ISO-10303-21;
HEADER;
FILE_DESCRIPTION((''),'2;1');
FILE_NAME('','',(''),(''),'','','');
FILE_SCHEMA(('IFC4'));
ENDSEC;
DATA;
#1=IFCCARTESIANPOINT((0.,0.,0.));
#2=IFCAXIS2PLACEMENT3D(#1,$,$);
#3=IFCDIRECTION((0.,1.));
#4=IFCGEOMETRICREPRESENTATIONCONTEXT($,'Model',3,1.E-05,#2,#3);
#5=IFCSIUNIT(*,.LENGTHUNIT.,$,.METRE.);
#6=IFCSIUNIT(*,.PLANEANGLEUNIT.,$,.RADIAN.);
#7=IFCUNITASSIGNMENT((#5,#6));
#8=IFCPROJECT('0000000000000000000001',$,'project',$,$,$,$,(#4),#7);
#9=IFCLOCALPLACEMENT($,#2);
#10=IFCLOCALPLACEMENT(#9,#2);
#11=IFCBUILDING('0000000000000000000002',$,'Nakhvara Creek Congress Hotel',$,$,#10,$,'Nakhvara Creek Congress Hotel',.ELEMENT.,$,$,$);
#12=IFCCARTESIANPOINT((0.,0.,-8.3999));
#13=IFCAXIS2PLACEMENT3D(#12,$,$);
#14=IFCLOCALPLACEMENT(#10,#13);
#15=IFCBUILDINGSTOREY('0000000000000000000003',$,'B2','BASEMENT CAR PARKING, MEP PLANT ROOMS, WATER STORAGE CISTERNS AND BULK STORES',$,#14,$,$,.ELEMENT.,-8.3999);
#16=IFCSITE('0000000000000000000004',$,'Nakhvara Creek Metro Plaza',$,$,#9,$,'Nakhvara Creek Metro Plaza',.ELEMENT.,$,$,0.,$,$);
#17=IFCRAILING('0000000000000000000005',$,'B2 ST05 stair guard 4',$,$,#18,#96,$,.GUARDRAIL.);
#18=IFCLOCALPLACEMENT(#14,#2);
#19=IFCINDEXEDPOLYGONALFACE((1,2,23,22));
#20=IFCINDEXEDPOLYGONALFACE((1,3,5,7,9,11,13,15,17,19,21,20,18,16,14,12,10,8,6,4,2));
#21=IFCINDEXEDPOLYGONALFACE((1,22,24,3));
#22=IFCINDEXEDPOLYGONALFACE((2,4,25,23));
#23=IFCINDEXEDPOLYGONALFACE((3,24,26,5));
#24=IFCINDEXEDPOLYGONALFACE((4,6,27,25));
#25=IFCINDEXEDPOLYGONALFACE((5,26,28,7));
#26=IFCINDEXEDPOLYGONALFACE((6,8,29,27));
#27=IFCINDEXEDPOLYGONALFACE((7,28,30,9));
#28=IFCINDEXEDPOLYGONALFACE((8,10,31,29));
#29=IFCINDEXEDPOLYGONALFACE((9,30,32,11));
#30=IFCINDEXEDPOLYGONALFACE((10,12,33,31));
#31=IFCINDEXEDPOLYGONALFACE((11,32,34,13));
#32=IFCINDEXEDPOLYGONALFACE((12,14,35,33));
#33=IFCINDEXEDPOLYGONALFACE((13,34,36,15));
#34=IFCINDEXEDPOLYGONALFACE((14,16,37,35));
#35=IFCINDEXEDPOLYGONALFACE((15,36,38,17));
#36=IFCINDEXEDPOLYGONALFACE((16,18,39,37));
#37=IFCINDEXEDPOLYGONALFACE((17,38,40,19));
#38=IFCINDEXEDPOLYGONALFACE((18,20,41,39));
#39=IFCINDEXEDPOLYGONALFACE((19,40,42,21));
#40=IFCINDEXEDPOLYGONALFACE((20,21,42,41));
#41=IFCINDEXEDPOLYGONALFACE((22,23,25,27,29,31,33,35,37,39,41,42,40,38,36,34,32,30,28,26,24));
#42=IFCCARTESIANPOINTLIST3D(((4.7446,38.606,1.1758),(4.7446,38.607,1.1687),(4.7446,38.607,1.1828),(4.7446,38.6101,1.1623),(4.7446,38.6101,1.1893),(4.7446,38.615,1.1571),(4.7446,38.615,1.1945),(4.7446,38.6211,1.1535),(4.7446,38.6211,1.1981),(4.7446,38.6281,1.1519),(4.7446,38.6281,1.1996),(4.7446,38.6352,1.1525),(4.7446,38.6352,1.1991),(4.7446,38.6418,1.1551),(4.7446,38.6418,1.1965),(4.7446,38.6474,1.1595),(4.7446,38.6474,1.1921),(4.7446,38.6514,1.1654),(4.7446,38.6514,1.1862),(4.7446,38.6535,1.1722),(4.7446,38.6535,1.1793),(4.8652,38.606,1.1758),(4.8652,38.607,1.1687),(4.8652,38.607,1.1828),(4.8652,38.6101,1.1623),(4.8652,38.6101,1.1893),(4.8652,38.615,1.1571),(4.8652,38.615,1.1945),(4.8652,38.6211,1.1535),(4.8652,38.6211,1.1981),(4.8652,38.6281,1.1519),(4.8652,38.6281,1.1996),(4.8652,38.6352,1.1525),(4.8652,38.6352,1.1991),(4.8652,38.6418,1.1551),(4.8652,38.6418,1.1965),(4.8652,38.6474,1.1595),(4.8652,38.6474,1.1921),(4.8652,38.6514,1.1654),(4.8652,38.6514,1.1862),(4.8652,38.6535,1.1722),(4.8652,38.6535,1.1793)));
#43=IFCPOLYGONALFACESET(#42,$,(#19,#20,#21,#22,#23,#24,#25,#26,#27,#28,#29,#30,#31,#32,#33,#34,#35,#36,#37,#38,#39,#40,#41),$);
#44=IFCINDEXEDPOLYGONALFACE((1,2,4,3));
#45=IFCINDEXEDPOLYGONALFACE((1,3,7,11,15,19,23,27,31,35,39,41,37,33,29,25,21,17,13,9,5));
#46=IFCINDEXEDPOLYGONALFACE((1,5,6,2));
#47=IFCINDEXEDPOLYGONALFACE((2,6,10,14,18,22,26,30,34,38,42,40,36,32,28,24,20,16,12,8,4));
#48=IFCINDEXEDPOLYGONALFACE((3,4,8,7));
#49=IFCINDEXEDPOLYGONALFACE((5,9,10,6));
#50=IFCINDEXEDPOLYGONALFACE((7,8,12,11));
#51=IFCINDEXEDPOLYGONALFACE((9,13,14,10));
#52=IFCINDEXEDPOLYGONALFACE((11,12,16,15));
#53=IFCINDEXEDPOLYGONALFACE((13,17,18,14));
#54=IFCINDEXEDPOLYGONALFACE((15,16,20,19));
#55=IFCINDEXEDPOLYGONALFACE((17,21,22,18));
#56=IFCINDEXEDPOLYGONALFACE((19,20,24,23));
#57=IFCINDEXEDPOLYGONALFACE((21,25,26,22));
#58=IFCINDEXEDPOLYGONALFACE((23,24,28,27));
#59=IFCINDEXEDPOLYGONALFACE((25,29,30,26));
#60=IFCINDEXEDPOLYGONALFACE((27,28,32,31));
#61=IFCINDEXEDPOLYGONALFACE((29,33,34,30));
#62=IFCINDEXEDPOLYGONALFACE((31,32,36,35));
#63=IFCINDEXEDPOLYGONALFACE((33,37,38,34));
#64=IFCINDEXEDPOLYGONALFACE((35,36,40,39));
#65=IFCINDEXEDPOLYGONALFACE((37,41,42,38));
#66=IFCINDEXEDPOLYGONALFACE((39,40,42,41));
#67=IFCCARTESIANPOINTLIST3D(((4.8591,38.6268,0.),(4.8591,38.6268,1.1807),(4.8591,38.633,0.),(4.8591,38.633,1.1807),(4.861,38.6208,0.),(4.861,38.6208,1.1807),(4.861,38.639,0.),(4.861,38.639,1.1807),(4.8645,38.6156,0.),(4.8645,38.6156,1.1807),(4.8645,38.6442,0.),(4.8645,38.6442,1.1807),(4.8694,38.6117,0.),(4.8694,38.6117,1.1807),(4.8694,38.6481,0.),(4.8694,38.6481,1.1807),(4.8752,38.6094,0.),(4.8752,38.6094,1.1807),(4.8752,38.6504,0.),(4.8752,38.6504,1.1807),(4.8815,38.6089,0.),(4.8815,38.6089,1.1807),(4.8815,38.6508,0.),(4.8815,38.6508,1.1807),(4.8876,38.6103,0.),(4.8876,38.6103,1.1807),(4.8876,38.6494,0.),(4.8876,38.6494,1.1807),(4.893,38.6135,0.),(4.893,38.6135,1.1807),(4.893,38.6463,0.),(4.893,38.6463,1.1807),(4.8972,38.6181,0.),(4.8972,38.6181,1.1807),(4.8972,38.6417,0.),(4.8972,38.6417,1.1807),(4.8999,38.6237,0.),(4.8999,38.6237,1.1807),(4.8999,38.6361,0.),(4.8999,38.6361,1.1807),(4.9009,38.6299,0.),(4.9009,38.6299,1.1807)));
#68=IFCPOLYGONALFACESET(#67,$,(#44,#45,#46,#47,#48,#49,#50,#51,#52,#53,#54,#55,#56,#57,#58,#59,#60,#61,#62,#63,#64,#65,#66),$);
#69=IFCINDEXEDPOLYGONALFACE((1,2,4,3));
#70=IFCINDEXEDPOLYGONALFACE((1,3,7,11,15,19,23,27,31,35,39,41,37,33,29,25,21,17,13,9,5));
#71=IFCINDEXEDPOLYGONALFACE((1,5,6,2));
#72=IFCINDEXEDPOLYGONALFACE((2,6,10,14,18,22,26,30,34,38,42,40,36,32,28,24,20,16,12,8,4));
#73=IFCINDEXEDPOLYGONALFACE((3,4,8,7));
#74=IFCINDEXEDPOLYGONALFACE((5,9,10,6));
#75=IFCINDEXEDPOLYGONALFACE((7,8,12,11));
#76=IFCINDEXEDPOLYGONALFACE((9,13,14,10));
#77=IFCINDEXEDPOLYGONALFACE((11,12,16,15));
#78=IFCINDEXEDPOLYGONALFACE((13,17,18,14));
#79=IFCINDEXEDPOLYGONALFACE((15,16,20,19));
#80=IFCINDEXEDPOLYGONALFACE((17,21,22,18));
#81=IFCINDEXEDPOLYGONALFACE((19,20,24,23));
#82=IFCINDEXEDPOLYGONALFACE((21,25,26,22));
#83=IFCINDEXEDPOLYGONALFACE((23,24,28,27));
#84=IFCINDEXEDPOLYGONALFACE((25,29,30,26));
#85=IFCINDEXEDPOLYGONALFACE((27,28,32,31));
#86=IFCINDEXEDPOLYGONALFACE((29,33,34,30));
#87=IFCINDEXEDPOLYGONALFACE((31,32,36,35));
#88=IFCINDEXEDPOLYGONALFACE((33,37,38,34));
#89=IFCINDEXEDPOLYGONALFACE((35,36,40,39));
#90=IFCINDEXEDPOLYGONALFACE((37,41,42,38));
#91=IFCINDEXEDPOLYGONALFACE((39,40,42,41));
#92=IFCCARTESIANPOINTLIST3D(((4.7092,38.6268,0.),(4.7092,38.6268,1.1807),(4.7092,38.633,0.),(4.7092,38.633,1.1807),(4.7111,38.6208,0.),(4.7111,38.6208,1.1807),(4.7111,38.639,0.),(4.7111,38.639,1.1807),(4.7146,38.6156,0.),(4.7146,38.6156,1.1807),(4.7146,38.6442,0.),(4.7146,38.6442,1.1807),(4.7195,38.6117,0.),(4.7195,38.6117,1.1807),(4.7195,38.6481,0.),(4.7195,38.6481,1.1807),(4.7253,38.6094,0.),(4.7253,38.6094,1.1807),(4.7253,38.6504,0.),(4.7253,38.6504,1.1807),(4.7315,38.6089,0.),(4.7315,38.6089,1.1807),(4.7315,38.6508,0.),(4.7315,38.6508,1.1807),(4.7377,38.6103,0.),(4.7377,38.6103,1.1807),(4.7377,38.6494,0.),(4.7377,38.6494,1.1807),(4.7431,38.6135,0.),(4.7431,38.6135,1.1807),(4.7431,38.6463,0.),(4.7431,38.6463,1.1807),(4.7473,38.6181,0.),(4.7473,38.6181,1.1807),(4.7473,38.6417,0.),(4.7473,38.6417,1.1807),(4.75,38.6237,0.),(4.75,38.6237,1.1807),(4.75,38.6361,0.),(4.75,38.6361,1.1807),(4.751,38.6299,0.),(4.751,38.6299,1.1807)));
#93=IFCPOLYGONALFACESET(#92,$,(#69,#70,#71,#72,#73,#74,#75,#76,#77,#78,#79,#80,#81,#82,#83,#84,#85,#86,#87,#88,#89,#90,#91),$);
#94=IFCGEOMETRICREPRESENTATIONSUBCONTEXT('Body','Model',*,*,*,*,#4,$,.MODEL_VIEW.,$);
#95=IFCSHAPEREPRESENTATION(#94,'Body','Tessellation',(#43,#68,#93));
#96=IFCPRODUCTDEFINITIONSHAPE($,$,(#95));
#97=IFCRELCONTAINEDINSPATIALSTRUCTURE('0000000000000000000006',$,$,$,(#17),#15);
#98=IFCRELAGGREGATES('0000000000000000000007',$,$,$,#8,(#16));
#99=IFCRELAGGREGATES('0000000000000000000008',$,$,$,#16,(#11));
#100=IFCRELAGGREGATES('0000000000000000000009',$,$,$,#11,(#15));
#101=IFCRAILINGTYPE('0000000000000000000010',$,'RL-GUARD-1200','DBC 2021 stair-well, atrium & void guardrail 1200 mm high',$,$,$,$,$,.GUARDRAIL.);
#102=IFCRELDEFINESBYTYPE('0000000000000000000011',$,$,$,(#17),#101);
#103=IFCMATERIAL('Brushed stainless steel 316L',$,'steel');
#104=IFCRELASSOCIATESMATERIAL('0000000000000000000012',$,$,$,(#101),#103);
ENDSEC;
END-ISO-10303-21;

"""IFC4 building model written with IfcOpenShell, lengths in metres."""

from ifc_helpers import new_model, si_unit, direction, frame, origin, origin_2d, place, context, subcontext, project, spatial, circle, extrude, material, type_object, element, save


model = new_model("IFC4")

# Units and contexts
model_context = context("Model", 3, precision=1e-05, world=origin(), true_north=direction((0.0, 1.0)))
body_context = subcontext(model_context, "Body", "Model", "MODEL_VIEW")
ifc_project = project(units=[si_unit("LENGTHUNIT", "METRE"), si_unit("PLANEANGLEUNIT", "RADIAN")], contexts=[model_context])

# Site, building, storey
site_placement = place(None, origin())
site = spatial("IfcSite", under=ifc_project, at=site_placement, Name="Nakhvara Creek Metro Plaza", LongName="Nakhvara Creek Metro Plaza", CompositionType="ELEMENT", RefElevation=0.0)
building_placement = place(site_placement, origin())
building = spatial("IfcBuilding", under=site, at=building_placement, Name="Nakhvara Creek Congress Hotel", LongName="Nakhvara Creek Congress Hotel", CompositionType="ELEMENT")
storey_placement = place(building_placement, frame((0.0, 0.0, -8.3999)))
storey = spatial("IfcBuildingStorey", under=building, at=storey_placement, Name="B2", Description="BASEMENT CAR PARKING, MEP PLANT ROOMS, WATER STORAGE CISTERNS AND BULK STORES", CompositionType="ELEMENT", Elevation=-8.3999)

# Railing
ifc_material_1 = material(Name="Brushed stainless steel 316L", Category="steel")
railing_type_1 = type_object("IfcRailingType", Name="RL-GUARD-1200", Description="DBC 2021 stair-well, atrium & void guardrail 1200 mm high", PredefinedType="GUARDRAIL", material=ifc_material_1)
railing_1_placement = place(storey_placement, frame((4.8799, 38.6299, 0.0)))
element("IfcRailing", 1, at=railing_1_placement, inside=storey, type_object=railing_type_1, Name="B2 ST05 stair guard 4", PredefinedType="GUARDRAIL", context=body_context, shape_type="SweptSolid", body=[
    extrude(circle(Radius=0.0239, at=origin_2d()), frame((-0.0146, 0.0, 1.1758), z_axis=(-1.0, 0.0, 0.0), x_axis=(0.0, -1.0, 0.0)), (0.0, 0.0, 1.0), 0.1206),
    extrude(circle(Radius=0.021, at=origin_2d()), origin(), (0.0, 0.0, 1.0), 1.1807),
    extrude(circle(Radius=0.021, at=origin_2d()), frame((-0.1499, 0.0, 0.0)), (0.0, 0.0, 1.0), 1.1807),
])

save(model, "model.ifc")
